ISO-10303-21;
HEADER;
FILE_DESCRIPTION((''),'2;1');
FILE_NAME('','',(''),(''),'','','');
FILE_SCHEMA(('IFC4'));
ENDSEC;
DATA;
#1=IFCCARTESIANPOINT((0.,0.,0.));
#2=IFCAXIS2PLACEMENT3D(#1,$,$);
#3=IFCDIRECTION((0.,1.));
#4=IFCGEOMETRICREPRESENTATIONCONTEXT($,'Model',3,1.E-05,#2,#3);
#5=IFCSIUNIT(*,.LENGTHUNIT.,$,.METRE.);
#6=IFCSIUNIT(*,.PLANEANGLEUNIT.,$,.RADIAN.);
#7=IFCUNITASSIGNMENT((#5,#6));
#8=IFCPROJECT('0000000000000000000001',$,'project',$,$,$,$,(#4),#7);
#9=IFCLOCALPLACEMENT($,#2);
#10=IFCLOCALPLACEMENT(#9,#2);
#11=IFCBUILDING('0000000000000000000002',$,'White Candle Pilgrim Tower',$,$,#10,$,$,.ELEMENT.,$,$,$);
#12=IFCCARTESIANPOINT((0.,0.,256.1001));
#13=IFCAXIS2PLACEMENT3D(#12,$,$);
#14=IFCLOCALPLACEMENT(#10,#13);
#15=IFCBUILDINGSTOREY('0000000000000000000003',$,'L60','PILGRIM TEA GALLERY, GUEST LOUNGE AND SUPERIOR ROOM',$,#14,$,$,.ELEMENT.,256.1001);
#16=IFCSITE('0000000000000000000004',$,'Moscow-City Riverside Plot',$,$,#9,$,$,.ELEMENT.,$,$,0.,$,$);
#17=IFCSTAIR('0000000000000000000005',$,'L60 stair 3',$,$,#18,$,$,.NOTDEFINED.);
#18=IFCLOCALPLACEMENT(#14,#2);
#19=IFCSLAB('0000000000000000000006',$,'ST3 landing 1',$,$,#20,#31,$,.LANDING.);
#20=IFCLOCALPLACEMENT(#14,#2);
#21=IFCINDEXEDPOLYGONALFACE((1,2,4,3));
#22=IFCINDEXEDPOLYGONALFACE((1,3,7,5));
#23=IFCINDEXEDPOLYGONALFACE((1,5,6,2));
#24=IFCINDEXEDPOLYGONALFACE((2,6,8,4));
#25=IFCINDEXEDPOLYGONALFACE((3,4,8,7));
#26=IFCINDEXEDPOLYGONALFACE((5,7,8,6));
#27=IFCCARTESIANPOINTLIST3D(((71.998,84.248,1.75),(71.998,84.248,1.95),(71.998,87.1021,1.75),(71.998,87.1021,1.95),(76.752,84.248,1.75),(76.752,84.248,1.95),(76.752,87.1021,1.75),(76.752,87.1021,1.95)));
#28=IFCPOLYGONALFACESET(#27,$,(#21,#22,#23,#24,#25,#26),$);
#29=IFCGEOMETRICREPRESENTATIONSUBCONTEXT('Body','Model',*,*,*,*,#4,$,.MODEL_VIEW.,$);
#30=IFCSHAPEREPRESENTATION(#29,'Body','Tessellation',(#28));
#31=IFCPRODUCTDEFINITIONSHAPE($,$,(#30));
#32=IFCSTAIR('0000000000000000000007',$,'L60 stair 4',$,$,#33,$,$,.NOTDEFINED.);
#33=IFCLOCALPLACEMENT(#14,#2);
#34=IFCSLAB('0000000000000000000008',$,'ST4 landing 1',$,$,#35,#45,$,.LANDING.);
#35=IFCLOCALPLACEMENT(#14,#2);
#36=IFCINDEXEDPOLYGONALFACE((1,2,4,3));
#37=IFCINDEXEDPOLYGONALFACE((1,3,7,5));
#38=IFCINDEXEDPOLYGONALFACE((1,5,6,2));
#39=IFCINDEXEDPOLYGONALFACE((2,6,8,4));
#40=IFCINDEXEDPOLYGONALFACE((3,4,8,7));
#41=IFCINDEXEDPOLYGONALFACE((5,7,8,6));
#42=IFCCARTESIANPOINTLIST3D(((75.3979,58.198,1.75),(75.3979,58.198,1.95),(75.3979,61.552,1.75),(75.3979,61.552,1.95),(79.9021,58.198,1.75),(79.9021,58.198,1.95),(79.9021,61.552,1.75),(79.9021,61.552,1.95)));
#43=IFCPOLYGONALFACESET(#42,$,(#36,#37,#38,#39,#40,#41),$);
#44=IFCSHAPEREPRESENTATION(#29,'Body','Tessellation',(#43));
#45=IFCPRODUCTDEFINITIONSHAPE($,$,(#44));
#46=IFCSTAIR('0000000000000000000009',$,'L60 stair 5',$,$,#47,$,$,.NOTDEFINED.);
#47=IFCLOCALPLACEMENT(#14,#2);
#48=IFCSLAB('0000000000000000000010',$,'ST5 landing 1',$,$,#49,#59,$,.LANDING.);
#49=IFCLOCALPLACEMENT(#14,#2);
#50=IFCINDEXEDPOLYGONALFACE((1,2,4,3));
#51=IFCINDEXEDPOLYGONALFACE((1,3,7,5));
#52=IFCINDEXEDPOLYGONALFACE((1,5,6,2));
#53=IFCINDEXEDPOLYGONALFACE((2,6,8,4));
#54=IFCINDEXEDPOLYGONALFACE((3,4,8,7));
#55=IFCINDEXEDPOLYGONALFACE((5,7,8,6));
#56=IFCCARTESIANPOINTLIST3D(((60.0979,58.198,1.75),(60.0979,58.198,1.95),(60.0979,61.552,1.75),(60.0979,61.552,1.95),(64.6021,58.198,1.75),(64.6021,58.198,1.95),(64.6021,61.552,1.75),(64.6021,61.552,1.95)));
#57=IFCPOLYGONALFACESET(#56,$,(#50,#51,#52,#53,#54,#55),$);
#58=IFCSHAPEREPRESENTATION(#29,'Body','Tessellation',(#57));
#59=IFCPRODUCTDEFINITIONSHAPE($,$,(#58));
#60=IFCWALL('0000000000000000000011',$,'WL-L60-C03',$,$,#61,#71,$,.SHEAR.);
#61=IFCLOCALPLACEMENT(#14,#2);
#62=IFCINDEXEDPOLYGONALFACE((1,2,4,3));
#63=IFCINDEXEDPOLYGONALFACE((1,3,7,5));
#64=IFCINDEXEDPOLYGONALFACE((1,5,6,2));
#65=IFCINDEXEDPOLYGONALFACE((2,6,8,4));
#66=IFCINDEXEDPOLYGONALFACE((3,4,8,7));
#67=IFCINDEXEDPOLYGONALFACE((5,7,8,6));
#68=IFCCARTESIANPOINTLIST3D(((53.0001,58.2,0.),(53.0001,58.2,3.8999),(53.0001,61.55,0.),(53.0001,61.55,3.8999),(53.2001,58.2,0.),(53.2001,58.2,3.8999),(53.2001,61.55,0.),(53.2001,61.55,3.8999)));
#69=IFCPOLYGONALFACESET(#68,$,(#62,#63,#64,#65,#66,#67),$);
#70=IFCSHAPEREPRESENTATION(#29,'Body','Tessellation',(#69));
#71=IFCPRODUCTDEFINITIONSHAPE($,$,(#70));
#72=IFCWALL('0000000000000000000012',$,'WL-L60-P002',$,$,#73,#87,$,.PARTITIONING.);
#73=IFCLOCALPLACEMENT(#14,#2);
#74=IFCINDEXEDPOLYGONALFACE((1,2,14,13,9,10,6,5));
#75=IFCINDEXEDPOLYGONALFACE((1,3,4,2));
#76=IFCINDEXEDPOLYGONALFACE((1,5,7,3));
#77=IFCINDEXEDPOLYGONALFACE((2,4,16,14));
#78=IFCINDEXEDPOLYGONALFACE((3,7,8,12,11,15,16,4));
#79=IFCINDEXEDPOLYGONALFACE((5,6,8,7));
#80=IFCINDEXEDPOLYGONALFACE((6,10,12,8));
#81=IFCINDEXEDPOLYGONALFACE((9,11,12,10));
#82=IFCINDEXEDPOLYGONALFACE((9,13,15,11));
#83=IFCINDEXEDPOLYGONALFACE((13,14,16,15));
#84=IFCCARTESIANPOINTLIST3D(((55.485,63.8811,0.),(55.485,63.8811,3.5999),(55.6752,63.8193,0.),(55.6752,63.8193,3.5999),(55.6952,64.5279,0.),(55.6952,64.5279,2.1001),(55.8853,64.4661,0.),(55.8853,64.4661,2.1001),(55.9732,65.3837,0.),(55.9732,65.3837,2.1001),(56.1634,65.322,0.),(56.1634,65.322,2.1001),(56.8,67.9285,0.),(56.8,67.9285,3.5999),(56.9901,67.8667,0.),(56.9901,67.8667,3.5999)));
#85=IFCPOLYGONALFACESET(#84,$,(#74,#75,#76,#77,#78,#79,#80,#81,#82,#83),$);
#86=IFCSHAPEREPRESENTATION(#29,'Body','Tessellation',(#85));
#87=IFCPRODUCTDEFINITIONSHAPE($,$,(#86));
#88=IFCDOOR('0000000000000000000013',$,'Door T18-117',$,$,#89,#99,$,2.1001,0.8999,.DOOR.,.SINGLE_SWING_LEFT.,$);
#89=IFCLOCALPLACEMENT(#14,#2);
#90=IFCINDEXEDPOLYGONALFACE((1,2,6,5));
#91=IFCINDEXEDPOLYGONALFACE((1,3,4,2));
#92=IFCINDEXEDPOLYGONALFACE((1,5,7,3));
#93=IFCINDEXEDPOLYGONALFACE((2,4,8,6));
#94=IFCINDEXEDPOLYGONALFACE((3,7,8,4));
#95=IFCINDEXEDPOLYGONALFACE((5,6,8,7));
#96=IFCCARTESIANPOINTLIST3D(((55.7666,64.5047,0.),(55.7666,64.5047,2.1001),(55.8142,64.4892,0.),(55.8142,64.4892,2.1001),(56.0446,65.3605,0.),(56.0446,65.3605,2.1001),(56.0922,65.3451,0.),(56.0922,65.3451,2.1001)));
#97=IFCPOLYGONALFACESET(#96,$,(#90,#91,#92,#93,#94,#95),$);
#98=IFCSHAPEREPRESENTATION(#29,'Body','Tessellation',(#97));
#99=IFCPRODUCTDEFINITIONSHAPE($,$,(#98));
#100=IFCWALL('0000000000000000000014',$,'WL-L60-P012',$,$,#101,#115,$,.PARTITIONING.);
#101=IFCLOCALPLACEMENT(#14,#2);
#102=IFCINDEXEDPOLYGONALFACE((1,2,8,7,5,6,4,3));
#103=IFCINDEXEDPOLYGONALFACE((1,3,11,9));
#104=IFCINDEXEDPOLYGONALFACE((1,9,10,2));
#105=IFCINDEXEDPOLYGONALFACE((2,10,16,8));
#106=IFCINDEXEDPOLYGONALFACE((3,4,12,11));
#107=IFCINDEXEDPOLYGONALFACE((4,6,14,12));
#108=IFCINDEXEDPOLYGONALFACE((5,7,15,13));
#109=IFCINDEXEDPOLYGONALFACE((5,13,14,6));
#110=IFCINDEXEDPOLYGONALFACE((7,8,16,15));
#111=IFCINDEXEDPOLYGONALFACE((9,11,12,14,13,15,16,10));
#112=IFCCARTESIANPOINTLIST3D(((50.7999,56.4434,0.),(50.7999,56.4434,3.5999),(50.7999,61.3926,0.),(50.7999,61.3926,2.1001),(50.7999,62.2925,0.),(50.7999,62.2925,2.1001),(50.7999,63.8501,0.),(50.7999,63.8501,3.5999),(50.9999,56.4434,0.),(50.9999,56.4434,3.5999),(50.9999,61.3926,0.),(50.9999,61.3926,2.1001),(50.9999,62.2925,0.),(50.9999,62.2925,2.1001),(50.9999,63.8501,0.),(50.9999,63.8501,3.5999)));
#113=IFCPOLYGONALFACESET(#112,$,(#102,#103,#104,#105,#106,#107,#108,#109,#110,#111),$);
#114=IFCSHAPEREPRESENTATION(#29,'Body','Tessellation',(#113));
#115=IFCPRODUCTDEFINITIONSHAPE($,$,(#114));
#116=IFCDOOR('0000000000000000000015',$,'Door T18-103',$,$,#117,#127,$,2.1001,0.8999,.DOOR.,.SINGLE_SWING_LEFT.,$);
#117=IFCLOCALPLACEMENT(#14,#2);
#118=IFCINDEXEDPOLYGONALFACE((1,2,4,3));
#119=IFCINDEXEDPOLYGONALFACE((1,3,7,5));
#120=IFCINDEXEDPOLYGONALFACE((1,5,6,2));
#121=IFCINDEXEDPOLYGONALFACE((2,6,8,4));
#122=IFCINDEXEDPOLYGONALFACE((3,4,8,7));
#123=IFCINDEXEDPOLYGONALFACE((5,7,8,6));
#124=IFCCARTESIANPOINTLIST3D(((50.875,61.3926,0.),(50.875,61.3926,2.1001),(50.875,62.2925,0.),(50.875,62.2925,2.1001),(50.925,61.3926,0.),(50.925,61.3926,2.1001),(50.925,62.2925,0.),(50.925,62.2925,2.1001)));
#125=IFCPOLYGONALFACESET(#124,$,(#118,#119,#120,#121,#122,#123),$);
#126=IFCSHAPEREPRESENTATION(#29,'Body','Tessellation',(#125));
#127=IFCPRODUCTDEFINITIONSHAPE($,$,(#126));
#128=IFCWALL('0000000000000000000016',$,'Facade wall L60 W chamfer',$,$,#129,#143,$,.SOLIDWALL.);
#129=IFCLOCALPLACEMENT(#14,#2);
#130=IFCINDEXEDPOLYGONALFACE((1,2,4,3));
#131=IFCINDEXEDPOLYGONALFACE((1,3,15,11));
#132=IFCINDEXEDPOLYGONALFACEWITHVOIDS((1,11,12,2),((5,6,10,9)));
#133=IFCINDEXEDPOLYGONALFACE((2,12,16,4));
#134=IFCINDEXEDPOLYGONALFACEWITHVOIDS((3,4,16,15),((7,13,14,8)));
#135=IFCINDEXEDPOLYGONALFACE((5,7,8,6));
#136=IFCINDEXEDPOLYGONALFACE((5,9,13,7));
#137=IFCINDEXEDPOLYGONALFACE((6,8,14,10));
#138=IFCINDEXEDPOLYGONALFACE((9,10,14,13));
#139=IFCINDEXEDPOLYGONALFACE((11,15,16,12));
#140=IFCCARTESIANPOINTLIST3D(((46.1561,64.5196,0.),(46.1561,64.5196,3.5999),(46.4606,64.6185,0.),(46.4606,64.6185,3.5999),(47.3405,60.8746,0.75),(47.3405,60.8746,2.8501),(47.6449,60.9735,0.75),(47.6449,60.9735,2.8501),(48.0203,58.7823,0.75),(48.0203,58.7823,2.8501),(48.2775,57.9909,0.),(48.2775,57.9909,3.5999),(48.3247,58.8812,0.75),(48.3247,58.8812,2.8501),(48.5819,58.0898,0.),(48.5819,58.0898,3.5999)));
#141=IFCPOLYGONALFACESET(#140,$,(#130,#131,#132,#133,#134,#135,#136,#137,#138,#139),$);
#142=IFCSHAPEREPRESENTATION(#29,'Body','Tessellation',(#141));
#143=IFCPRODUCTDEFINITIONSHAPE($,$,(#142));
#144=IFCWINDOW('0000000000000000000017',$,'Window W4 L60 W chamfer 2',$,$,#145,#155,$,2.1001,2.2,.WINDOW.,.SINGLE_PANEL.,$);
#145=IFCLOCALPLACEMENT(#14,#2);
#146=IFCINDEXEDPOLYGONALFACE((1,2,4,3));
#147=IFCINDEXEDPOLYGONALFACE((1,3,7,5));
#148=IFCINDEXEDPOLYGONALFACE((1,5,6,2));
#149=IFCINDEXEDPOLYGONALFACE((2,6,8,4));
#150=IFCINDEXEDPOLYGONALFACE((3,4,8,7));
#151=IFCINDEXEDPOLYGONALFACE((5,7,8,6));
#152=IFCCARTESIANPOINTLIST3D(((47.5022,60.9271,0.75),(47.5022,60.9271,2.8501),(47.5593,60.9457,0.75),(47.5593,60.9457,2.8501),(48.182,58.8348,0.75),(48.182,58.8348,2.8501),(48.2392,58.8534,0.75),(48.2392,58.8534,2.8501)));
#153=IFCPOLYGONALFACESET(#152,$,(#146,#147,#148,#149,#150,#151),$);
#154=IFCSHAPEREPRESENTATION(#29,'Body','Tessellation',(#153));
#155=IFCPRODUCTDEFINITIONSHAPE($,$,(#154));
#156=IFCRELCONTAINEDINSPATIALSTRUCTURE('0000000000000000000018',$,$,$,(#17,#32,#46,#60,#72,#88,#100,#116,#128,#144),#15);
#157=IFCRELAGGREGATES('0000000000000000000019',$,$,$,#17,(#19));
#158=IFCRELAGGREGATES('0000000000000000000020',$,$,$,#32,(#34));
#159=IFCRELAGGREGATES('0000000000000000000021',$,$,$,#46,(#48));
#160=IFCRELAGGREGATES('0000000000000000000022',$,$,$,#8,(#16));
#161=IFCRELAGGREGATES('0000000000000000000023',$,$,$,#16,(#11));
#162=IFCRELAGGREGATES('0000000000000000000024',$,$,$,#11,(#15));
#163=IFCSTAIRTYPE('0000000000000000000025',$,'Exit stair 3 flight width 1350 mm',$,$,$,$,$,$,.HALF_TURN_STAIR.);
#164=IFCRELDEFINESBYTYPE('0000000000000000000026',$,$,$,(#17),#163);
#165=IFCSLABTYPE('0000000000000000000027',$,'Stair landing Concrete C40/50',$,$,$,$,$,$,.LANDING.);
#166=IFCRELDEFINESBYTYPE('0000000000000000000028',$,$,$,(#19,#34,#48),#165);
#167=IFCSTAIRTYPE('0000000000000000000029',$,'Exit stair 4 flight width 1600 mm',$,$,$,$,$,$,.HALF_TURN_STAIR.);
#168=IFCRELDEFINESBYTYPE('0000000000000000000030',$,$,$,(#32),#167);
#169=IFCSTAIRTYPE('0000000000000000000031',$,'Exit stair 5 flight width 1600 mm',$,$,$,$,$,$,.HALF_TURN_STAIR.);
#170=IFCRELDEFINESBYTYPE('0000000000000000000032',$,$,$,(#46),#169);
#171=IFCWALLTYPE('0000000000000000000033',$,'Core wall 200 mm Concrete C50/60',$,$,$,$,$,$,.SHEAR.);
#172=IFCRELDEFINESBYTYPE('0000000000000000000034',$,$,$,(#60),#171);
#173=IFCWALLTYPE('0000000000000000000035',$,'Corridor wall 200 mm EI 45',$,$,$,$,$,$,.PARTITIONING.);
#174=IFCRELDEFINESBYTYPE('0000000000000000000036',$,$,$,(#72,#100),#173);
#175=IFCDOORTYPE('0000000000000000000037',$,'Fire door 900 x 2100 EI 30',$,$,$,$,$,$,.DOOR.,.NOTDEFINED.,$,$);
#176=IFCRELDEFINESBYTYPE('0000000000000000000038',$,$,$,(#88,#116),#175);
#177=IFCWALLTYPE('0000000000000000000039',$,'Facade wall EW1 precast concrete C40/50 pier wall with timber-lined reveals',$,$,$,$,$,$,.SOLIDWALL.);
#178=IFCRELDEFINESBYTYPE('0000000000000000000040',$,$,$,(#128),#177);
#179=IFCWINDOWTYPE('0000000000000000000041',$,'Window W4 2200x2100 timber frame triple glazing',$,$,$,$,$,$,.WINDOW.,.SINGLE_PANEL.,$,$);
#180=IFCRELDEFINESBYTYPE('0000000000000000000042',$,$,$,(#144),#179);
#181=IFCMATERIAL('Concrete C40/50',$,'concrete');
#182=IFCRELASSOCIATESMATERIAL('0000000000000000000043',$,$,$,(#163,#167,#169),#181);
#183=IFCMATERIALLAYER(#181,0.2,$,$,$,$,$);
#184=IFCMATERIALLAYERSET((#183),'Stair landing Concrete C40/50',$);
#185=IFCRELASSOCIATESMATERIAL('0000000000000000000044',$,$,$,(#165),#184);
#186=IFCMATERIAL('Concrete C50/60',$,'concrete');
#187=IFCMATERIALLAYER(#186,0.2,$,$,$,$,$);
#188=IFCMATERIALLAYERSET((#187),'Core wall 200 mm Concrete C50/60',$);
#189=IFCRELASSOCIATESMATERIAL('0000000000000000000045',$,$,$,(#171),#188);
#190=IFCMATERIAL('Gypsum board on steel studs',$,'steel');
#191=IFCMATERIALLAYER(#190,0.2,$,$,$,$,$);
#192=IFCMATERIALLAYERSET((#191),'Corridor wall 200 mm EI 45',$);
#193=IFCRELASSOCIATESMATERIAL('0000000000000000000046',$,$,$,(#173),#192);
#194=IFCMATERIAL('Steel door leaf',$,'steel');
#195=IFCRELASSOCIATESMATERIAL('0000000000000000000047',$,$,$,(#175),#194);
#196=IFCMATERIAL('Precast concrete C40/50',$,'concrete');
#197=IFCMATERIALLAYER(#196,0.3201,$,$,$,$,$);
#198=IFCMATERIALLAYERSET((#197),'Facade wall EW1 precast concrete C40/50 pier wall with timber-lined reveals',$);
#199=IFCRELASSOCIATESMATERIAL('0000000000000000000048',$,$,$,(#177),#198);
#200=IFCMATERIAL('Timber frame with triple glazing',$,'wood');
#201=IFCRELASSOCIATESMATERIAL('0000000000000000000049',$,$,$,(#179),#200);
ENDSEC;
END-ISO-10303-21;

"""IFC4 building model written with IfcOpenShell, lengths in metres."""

from ifc_helpers import new_model, si_unit, direction, frame, frame_2d, origin, place, context, subcontext, project, spatial, polyline, rectangle, outline, extrude, material, layer, layer_set, type_object, element, fill, aggregate, save


model = new_model("IFC4")

# Units and contexts
model_context = context("Model", 3, precision=1e-05, world=origin(), true_north=direction((0.0, 1.0)))
body_context = subcontext(model_context, "Body", "Model", "MODEL_VIEW")
ifc_project = project(units=[si_unit("LENGTHUNIT", "METRE"), si_unit("PLANEANGLEUNIT", "RADIAN")], contexts=[model_context])

# Site, building, storey
site_placement = place(None, origin())
site = spatial("IfcSite", under=ifc_project, at=site_placement, Name="Moscow-City Riverside Plot", CompositionType="ELEMENT", RefElevation=0.0)
building_placement = place(site_placement, origin())
building = spatial("IfcBuilding", under=site, at=building_placement, Name="White Candle Pilgrim Tower", CompositionType="ELEMENT")
storey_placement = place(building_placement, frame((0.0, 0.0, 256.1001)))
storey = spatial("IfcBuildingStorey", under=building, at=storey_placement, Name="L60", Description="PILGRIM TEA GALLERY, GUEST LOUNGE AND SUPERIOR ROOM", CompositionType="ELEMENT", Elevation=256.1001)

# Stairs, slabs
ifc_material_1 = material(Name="Concrete C40/50", Category="concrete")
stair_type_1 = type_object("IfcStairType", Name="Exit stair 3 flight width 1350 mm", PredefinedType="HALF_TURN_STAIR", material=ifc_material_1)
stair_1_placement = place(storey_placement, origin())
stair_1 = element("IfcStair", 1, at=stair_1_placement, inside=storey, type_object=stair_type_1, Name="L60 stair 3", PredefinedType="NOTDEFINED")
ifc_layer_1 = layer(ifc_material_1, 0.2)
ifc_layer_set_1 = layer_set([ifc_layer_1], Name="Stair landing Concrete C40/50")
slab_type = type_object("IfcSlabType", Name="Stair landing Concrete C40/50", PredefinedType="LANDING", material=ifc_layer_set_1)
slab_1_placement = place(storey_placement, frame((0.0, 0.0, 1.75)))
slab_1 = element("IfcSlab", 2, at=slab_1_placement, type_object=slab_type, Name="ST3 landing 1", PredefinedType="LANDING", context=body_context, shape_type="SweptSolid", body=[
    extrude(outline(polyline([(71.998, 84.248), (71.998, 87.1021), (76.752, 87.1021), (76.752, 84.248), (71.998, 84.248)])), origin(), (0.0, 0.0, 1.0), 0.2),
])
aggregate(stair_1, [slab_1])
stair_type_2 = type_object("IfcStairType", Name="Exit stair 4 flight width 1600 mm", PredefinedType="HALF_TURN_STAIR", material=ifc_material_1)
stair_2_placement = place(storey_placement, origin())
stair_2 = element("IfcStair", 3, at=stair_2_placement, inside=storey, type_object=stair_type_2, Name="L60 stair 4", PredefinedType="NOTDEFINED")
slab_2_placement = place(storey_placement, frame((0.0, 0.0, 1.75)))
slab_2 = element("IfcSlab", 4, at=slab_2_placement, type_object=slab_type, Name="ST4 landing 1", PredefinedType="LANDING", context=body_context, shape_type="SweptSolid", body=[
    extrude(outline(polyline([(79.9021, 61.552), (79.9021, 58.198), (75.3979, 58.198), (75.3979, 61.552), (79.9021, 61.552)])), origin(), (0.0, 0.0, 1.0), 0.2),
])
aggregate(stair_2, [slab_2])
stair_type_3 = type_object("IfcStairType", Name="Exit stair 5 flight width 1600 mm", PredefinedType="HALF_TURN_STAIR", material=ifc_material_1)
stair_3_placement = place(storey_placement, origin())
stair_3 = element("IfcStair", 5, at=stair_3_placement, inside=storey, type_object=stair_type_3, Name="L60 stair 5", PredefinedType="NOTDEFINED")
slab_3_placement = place(storey_placement, frame((0.0, 0.0, 1.75)))
slab_3 = element("IfcSlab", 6, at=slab_3_placement, type_object=slab_type, Name="ST5 landing 1", PredefinedType="LANDING", context=body_context, shape_type="SweptSolid", body=[
    extrude(outline(polyline([(60.0979, 58.198), (60.0979, 61.552), (64.6021, 61.552), (64.6021, 58.198), (60.0979, 58.198)])), origin(), (0.0, 0.0, 1.0), 0.2),
])
aggregate(stair_3, [slab_3])

# Wall
ifc_material_2 = material(Name="Concrete C50/60", Category="concrete")
ifc_layer_2 = layer(ifc_material_2, 0.2)
ifc_layer_set_2 = layer_set([ifc_layer_2], Name="Core wall 200 mm Concrete C50/60")
wall_type_1 = type_object("IfcWallType", Name="Core wall 200 mm Concrete C50/60", PredefinedType="SHEAR", material=ifc_layer_set_2)
wall_1_placement = place(storey_placement, frame((53.1001, 58.2, 0.0), z_axis=(0.0, 0.0, 1.0), x_axis=(0.0, 1.0, 0.0)))
element("IfcWall", 7, at=wall_1_placement, inside=storey, type_object=wall_type_1, Name="WL-L60-C03", PredefinedType="SHEAR", context=body_context, shape_type="SweptSolid", body=[
    extrude(rectangle(XDim=3.3501, YDim=0.2, at=frame_2d((1.675, 0.0))), origin(), (0.0, 0.0, 1.0), 3.8999),
])

# Walls, openings, doors
ifc_material_3 = material(Name="Gypsum board on steel studs", Category="steel")
ifc_layer_3 = layer(ifc_material_3, 0.2)
ifc_layer_set_3 = layer_set([ifc_layer_3], Name="Corridor wall 200 mm EI 45")
wall_type_2 = type_object("IfcWallType", Name="Corridor wall 200 mm EI 45", PredefinedType="PARTITIONING", material=ifc_layer_set_3)
wall_2_placement = place(storey_placement, frame((55.5801, 63.8501, 0.0), z_axis=(0.0, 0.0, 1.0), x_axis=(0.30899, 0.951065, 0.0)))
wall_2 = element("IfcWall", 8, at=wall_2_placement, inside=storey, type_object=wall_type_2, Name="WL-L60-P002", PredefinedType="PARTITIONING", context=body_context, shape_type="SweptSolid", body=[
    extrude(rectangle(XDim=4.2556, YDim=0.2, at=frame_2d((2.1279, 0.0))), origin(), (0.0, 0.0, 1.0), 3.5999),
])
opening_1_placement = place(wall_2_placement, frame((0.6802, 0.0, 0.0)))
opening_1 = element("IfcOpeningElement", 9, at=opening_1_placement, cuts=wall_2, PredefinedType="OPENING", context=body_context, shape_type="SweptSolid", body=[
    extrude(rectangle(XDim=0.8999, YDim=2.1001, at=frame_2d((0.45, 1.05))), frame((0.0, 0.1099, 0.0), z_axis=(0.0, -1.0, 0.0), x_axis=(1.0, 0.0, 0.0)), (0.0, 0.0, 1.0), 0.22),
])
ifc_material_4 = material(Name="Steel door leaf", Category="steel")
door_type_1 = type_object("IfcDoorType", Name="Fire door 900 x 2100 EI 30", OperationType="NOTDEFINED", PredefinedType="DOOR", material=ifc_material_4)
door_1_placement = place(opening_1_placement, origin())
door_1 = element("IfcDoor", 10, at=door_1_placement, inside=storey, type_object=door_type_1, Name="Door T18-117", OperationType="SINGLE_SWING_LEFT", OverallHeight=2.1001, OverallWidth=0.8999, PredefinedType="DOOR", context=body_context, shape_type="SweptSolid", body=[
    extrude(rectangle(XDim=0.8999, YDim=2.1001, at=frame_2d((0.45, 1.05))), frame((0.0, 0.0249, 0.0), z_axis=(0.0, -1.0, 0.0), x_axis=(1.0, 0.0, 0.0)), (0.0, 0.0, 1.0), 0.05),
])
fill(opening_1, door_1)
wall_3_placement = place(storey_placement, frame((50.8999, 56.4434, 0.0), z_axis=(0.0, 0.0, 1.0), x_axis=(0.0, 1.0, 0.0)))
wall_3 = element("IfcWall", 11, at=wall_3_placement, inside=storey, type_object=wall_type_2, Name="WL-L60-P012", PredefinedType="PARTITIONING", context=body_context, shape_type="SweptSolid", body=[
    extrude(rectangle(XDim=7.4067, YDim=0.2, at=frame_2d((3.7034, 0.0))), origin(), (0.0, 0.0, 1.0), 3.5999),
])
opening_2_placement = place(wall_3_placement, frame((4.9492, 0.0, 0.0)))
opening_2 = element("IfcOpeningElement", 12, at=opening_2_placement, cuts=wall_3, PredefinedType="OPENING", context=body_context, shape_type="SweptSolid", body=[
    extrude(rectangle(XDim=0.8999, YDim=2.1001, at=frame_2d((0.45, 1.05))), frame((0.0, 0.1099, 0.0), z_axis=(0.0, -1.0, 0.0), x_axis=(1.0, 0.0, 0.0)), (0.0, 0.0, 1.0), 0.22),
])
door_2_placement = place(opening_2_placement, origin())
door_2 = element("IfcDoor", 13, at=door_2_placement, inside=storey, type_object=door_type_1, Name="Door T18-103", OperationType="SINGLE_SWING_LEFT", OverallHeight=2.1001, OverallWidth=0.8999, PredefinedType="DOOR", context=body_context, shape_type="SweptSolid", body=[
    extrude(rectangle(XDim=0.8999, YDim=2.1001, at=frame_2d((0.45, 1.05))), frame((0.0, 0.0249, 0.0), z_axis=(0.0, -1.0, 0.0), x_axis=(1.0, 0.0, 0.0)), (0.0, 0.0, 1.0), 0.05),
])
fill(opening_2, door_2)

# Wall, opening, window
ifc_material_5 = material(Name="Precast concrete C40/50", Category="concrete")
ifc_layer_4 = layer(ifc_material_5, 0.3201)
ifc_layer_set_4 = layer_set([ifc_layer_4], Name="Facade wall EW1 precast concrete C40/50 pier wall with timber-lined reveals")
wall_type_3 = type_object("IfcWallType", Name="Facade wall EW1 precast concrete C40/50 pier wall with timber-lined reveals", PredefinedType="SOLIDWALL", material=ifc_layer_set_4)
wall_4_placement = place(storey_placement, frame((46.3083, 64.5691, 0.0), z_axis=(0.0, 0.0, 1.0), x_axis=(0.309017, -0.951057, 0.0)))
wall_4 = element("IfcWall", 14, at=wall_4_placement, inside=storey, type_object=wall_type_3, Name="Facade wall L60 W chamfer", PredefinedType="SOLIDWALL", context=body_context, shape_type="SweptSolid", body=[
    extrude(rectangle(XDim=6.8647, YDim=0.3201, at=frame_2d((3.4324, 0.0))), origin(), (0.0, 0.0, 1.0), 3.5999),
])
opening_3_placement = place(wall_4_placement, frame((3.8325, 0.0, 0.75)))
opening_3 = element("IfcOpeningElement", 15, at=opening_3_placement, cuts=wall_4, PredefinedType="OPENING", context=body_context, shape_type="SweptSolid", body=[
    extrude(rectangle(XDim=2.2, YDim=2.1001, at=frame_2d((1.1001, 1.05))), frame((0.0, 0.1699, 0.0), z_axis=(0.0, -1.0, 0.0), x_axis=(1.0, 0.0, 0.0)), (0.0, 0.0, 1.0), 0.3401),
])
ifc_material_6 = material(Name="Timber frame with triple glazing", Category="wood")
window_type_1 = type_object("IfcWindowType", Name="Window W4 2200x2100 timber frame triple glazing", PartitioningType="SINGLE_PANEL", PredefinedType="WINDOW", material=ifc_material_6)
window_1_placement = place(opening_3_placement, origin())
window_1 = element("IfcWindow", 16, at=window_1_placement, inside=storey, type_object=window_type_1, Name="Window W4 L60 W chamfer 2", OverallHeight=2.1001, OverallWidth=2.2, PartitioningType="SINGLE_PANEL", PredefinedType="WINDOW", context=body_context, shape_type="SweptSolid", body=[
    extrude(rectangle(XDim=2.2, YDim=2.1001, at=frame_2d((1.1001, 1.05))), frame((0.0, 0.0701, 0.0), z_axis=(0.0, -1.0, 0.0), x_axis=(1.0, 0.0, 0.0)), (0.0, 0.0, 1.0), 0.0601),
])
fill(opening_3, window_1)

save(model, "model.ifc")
